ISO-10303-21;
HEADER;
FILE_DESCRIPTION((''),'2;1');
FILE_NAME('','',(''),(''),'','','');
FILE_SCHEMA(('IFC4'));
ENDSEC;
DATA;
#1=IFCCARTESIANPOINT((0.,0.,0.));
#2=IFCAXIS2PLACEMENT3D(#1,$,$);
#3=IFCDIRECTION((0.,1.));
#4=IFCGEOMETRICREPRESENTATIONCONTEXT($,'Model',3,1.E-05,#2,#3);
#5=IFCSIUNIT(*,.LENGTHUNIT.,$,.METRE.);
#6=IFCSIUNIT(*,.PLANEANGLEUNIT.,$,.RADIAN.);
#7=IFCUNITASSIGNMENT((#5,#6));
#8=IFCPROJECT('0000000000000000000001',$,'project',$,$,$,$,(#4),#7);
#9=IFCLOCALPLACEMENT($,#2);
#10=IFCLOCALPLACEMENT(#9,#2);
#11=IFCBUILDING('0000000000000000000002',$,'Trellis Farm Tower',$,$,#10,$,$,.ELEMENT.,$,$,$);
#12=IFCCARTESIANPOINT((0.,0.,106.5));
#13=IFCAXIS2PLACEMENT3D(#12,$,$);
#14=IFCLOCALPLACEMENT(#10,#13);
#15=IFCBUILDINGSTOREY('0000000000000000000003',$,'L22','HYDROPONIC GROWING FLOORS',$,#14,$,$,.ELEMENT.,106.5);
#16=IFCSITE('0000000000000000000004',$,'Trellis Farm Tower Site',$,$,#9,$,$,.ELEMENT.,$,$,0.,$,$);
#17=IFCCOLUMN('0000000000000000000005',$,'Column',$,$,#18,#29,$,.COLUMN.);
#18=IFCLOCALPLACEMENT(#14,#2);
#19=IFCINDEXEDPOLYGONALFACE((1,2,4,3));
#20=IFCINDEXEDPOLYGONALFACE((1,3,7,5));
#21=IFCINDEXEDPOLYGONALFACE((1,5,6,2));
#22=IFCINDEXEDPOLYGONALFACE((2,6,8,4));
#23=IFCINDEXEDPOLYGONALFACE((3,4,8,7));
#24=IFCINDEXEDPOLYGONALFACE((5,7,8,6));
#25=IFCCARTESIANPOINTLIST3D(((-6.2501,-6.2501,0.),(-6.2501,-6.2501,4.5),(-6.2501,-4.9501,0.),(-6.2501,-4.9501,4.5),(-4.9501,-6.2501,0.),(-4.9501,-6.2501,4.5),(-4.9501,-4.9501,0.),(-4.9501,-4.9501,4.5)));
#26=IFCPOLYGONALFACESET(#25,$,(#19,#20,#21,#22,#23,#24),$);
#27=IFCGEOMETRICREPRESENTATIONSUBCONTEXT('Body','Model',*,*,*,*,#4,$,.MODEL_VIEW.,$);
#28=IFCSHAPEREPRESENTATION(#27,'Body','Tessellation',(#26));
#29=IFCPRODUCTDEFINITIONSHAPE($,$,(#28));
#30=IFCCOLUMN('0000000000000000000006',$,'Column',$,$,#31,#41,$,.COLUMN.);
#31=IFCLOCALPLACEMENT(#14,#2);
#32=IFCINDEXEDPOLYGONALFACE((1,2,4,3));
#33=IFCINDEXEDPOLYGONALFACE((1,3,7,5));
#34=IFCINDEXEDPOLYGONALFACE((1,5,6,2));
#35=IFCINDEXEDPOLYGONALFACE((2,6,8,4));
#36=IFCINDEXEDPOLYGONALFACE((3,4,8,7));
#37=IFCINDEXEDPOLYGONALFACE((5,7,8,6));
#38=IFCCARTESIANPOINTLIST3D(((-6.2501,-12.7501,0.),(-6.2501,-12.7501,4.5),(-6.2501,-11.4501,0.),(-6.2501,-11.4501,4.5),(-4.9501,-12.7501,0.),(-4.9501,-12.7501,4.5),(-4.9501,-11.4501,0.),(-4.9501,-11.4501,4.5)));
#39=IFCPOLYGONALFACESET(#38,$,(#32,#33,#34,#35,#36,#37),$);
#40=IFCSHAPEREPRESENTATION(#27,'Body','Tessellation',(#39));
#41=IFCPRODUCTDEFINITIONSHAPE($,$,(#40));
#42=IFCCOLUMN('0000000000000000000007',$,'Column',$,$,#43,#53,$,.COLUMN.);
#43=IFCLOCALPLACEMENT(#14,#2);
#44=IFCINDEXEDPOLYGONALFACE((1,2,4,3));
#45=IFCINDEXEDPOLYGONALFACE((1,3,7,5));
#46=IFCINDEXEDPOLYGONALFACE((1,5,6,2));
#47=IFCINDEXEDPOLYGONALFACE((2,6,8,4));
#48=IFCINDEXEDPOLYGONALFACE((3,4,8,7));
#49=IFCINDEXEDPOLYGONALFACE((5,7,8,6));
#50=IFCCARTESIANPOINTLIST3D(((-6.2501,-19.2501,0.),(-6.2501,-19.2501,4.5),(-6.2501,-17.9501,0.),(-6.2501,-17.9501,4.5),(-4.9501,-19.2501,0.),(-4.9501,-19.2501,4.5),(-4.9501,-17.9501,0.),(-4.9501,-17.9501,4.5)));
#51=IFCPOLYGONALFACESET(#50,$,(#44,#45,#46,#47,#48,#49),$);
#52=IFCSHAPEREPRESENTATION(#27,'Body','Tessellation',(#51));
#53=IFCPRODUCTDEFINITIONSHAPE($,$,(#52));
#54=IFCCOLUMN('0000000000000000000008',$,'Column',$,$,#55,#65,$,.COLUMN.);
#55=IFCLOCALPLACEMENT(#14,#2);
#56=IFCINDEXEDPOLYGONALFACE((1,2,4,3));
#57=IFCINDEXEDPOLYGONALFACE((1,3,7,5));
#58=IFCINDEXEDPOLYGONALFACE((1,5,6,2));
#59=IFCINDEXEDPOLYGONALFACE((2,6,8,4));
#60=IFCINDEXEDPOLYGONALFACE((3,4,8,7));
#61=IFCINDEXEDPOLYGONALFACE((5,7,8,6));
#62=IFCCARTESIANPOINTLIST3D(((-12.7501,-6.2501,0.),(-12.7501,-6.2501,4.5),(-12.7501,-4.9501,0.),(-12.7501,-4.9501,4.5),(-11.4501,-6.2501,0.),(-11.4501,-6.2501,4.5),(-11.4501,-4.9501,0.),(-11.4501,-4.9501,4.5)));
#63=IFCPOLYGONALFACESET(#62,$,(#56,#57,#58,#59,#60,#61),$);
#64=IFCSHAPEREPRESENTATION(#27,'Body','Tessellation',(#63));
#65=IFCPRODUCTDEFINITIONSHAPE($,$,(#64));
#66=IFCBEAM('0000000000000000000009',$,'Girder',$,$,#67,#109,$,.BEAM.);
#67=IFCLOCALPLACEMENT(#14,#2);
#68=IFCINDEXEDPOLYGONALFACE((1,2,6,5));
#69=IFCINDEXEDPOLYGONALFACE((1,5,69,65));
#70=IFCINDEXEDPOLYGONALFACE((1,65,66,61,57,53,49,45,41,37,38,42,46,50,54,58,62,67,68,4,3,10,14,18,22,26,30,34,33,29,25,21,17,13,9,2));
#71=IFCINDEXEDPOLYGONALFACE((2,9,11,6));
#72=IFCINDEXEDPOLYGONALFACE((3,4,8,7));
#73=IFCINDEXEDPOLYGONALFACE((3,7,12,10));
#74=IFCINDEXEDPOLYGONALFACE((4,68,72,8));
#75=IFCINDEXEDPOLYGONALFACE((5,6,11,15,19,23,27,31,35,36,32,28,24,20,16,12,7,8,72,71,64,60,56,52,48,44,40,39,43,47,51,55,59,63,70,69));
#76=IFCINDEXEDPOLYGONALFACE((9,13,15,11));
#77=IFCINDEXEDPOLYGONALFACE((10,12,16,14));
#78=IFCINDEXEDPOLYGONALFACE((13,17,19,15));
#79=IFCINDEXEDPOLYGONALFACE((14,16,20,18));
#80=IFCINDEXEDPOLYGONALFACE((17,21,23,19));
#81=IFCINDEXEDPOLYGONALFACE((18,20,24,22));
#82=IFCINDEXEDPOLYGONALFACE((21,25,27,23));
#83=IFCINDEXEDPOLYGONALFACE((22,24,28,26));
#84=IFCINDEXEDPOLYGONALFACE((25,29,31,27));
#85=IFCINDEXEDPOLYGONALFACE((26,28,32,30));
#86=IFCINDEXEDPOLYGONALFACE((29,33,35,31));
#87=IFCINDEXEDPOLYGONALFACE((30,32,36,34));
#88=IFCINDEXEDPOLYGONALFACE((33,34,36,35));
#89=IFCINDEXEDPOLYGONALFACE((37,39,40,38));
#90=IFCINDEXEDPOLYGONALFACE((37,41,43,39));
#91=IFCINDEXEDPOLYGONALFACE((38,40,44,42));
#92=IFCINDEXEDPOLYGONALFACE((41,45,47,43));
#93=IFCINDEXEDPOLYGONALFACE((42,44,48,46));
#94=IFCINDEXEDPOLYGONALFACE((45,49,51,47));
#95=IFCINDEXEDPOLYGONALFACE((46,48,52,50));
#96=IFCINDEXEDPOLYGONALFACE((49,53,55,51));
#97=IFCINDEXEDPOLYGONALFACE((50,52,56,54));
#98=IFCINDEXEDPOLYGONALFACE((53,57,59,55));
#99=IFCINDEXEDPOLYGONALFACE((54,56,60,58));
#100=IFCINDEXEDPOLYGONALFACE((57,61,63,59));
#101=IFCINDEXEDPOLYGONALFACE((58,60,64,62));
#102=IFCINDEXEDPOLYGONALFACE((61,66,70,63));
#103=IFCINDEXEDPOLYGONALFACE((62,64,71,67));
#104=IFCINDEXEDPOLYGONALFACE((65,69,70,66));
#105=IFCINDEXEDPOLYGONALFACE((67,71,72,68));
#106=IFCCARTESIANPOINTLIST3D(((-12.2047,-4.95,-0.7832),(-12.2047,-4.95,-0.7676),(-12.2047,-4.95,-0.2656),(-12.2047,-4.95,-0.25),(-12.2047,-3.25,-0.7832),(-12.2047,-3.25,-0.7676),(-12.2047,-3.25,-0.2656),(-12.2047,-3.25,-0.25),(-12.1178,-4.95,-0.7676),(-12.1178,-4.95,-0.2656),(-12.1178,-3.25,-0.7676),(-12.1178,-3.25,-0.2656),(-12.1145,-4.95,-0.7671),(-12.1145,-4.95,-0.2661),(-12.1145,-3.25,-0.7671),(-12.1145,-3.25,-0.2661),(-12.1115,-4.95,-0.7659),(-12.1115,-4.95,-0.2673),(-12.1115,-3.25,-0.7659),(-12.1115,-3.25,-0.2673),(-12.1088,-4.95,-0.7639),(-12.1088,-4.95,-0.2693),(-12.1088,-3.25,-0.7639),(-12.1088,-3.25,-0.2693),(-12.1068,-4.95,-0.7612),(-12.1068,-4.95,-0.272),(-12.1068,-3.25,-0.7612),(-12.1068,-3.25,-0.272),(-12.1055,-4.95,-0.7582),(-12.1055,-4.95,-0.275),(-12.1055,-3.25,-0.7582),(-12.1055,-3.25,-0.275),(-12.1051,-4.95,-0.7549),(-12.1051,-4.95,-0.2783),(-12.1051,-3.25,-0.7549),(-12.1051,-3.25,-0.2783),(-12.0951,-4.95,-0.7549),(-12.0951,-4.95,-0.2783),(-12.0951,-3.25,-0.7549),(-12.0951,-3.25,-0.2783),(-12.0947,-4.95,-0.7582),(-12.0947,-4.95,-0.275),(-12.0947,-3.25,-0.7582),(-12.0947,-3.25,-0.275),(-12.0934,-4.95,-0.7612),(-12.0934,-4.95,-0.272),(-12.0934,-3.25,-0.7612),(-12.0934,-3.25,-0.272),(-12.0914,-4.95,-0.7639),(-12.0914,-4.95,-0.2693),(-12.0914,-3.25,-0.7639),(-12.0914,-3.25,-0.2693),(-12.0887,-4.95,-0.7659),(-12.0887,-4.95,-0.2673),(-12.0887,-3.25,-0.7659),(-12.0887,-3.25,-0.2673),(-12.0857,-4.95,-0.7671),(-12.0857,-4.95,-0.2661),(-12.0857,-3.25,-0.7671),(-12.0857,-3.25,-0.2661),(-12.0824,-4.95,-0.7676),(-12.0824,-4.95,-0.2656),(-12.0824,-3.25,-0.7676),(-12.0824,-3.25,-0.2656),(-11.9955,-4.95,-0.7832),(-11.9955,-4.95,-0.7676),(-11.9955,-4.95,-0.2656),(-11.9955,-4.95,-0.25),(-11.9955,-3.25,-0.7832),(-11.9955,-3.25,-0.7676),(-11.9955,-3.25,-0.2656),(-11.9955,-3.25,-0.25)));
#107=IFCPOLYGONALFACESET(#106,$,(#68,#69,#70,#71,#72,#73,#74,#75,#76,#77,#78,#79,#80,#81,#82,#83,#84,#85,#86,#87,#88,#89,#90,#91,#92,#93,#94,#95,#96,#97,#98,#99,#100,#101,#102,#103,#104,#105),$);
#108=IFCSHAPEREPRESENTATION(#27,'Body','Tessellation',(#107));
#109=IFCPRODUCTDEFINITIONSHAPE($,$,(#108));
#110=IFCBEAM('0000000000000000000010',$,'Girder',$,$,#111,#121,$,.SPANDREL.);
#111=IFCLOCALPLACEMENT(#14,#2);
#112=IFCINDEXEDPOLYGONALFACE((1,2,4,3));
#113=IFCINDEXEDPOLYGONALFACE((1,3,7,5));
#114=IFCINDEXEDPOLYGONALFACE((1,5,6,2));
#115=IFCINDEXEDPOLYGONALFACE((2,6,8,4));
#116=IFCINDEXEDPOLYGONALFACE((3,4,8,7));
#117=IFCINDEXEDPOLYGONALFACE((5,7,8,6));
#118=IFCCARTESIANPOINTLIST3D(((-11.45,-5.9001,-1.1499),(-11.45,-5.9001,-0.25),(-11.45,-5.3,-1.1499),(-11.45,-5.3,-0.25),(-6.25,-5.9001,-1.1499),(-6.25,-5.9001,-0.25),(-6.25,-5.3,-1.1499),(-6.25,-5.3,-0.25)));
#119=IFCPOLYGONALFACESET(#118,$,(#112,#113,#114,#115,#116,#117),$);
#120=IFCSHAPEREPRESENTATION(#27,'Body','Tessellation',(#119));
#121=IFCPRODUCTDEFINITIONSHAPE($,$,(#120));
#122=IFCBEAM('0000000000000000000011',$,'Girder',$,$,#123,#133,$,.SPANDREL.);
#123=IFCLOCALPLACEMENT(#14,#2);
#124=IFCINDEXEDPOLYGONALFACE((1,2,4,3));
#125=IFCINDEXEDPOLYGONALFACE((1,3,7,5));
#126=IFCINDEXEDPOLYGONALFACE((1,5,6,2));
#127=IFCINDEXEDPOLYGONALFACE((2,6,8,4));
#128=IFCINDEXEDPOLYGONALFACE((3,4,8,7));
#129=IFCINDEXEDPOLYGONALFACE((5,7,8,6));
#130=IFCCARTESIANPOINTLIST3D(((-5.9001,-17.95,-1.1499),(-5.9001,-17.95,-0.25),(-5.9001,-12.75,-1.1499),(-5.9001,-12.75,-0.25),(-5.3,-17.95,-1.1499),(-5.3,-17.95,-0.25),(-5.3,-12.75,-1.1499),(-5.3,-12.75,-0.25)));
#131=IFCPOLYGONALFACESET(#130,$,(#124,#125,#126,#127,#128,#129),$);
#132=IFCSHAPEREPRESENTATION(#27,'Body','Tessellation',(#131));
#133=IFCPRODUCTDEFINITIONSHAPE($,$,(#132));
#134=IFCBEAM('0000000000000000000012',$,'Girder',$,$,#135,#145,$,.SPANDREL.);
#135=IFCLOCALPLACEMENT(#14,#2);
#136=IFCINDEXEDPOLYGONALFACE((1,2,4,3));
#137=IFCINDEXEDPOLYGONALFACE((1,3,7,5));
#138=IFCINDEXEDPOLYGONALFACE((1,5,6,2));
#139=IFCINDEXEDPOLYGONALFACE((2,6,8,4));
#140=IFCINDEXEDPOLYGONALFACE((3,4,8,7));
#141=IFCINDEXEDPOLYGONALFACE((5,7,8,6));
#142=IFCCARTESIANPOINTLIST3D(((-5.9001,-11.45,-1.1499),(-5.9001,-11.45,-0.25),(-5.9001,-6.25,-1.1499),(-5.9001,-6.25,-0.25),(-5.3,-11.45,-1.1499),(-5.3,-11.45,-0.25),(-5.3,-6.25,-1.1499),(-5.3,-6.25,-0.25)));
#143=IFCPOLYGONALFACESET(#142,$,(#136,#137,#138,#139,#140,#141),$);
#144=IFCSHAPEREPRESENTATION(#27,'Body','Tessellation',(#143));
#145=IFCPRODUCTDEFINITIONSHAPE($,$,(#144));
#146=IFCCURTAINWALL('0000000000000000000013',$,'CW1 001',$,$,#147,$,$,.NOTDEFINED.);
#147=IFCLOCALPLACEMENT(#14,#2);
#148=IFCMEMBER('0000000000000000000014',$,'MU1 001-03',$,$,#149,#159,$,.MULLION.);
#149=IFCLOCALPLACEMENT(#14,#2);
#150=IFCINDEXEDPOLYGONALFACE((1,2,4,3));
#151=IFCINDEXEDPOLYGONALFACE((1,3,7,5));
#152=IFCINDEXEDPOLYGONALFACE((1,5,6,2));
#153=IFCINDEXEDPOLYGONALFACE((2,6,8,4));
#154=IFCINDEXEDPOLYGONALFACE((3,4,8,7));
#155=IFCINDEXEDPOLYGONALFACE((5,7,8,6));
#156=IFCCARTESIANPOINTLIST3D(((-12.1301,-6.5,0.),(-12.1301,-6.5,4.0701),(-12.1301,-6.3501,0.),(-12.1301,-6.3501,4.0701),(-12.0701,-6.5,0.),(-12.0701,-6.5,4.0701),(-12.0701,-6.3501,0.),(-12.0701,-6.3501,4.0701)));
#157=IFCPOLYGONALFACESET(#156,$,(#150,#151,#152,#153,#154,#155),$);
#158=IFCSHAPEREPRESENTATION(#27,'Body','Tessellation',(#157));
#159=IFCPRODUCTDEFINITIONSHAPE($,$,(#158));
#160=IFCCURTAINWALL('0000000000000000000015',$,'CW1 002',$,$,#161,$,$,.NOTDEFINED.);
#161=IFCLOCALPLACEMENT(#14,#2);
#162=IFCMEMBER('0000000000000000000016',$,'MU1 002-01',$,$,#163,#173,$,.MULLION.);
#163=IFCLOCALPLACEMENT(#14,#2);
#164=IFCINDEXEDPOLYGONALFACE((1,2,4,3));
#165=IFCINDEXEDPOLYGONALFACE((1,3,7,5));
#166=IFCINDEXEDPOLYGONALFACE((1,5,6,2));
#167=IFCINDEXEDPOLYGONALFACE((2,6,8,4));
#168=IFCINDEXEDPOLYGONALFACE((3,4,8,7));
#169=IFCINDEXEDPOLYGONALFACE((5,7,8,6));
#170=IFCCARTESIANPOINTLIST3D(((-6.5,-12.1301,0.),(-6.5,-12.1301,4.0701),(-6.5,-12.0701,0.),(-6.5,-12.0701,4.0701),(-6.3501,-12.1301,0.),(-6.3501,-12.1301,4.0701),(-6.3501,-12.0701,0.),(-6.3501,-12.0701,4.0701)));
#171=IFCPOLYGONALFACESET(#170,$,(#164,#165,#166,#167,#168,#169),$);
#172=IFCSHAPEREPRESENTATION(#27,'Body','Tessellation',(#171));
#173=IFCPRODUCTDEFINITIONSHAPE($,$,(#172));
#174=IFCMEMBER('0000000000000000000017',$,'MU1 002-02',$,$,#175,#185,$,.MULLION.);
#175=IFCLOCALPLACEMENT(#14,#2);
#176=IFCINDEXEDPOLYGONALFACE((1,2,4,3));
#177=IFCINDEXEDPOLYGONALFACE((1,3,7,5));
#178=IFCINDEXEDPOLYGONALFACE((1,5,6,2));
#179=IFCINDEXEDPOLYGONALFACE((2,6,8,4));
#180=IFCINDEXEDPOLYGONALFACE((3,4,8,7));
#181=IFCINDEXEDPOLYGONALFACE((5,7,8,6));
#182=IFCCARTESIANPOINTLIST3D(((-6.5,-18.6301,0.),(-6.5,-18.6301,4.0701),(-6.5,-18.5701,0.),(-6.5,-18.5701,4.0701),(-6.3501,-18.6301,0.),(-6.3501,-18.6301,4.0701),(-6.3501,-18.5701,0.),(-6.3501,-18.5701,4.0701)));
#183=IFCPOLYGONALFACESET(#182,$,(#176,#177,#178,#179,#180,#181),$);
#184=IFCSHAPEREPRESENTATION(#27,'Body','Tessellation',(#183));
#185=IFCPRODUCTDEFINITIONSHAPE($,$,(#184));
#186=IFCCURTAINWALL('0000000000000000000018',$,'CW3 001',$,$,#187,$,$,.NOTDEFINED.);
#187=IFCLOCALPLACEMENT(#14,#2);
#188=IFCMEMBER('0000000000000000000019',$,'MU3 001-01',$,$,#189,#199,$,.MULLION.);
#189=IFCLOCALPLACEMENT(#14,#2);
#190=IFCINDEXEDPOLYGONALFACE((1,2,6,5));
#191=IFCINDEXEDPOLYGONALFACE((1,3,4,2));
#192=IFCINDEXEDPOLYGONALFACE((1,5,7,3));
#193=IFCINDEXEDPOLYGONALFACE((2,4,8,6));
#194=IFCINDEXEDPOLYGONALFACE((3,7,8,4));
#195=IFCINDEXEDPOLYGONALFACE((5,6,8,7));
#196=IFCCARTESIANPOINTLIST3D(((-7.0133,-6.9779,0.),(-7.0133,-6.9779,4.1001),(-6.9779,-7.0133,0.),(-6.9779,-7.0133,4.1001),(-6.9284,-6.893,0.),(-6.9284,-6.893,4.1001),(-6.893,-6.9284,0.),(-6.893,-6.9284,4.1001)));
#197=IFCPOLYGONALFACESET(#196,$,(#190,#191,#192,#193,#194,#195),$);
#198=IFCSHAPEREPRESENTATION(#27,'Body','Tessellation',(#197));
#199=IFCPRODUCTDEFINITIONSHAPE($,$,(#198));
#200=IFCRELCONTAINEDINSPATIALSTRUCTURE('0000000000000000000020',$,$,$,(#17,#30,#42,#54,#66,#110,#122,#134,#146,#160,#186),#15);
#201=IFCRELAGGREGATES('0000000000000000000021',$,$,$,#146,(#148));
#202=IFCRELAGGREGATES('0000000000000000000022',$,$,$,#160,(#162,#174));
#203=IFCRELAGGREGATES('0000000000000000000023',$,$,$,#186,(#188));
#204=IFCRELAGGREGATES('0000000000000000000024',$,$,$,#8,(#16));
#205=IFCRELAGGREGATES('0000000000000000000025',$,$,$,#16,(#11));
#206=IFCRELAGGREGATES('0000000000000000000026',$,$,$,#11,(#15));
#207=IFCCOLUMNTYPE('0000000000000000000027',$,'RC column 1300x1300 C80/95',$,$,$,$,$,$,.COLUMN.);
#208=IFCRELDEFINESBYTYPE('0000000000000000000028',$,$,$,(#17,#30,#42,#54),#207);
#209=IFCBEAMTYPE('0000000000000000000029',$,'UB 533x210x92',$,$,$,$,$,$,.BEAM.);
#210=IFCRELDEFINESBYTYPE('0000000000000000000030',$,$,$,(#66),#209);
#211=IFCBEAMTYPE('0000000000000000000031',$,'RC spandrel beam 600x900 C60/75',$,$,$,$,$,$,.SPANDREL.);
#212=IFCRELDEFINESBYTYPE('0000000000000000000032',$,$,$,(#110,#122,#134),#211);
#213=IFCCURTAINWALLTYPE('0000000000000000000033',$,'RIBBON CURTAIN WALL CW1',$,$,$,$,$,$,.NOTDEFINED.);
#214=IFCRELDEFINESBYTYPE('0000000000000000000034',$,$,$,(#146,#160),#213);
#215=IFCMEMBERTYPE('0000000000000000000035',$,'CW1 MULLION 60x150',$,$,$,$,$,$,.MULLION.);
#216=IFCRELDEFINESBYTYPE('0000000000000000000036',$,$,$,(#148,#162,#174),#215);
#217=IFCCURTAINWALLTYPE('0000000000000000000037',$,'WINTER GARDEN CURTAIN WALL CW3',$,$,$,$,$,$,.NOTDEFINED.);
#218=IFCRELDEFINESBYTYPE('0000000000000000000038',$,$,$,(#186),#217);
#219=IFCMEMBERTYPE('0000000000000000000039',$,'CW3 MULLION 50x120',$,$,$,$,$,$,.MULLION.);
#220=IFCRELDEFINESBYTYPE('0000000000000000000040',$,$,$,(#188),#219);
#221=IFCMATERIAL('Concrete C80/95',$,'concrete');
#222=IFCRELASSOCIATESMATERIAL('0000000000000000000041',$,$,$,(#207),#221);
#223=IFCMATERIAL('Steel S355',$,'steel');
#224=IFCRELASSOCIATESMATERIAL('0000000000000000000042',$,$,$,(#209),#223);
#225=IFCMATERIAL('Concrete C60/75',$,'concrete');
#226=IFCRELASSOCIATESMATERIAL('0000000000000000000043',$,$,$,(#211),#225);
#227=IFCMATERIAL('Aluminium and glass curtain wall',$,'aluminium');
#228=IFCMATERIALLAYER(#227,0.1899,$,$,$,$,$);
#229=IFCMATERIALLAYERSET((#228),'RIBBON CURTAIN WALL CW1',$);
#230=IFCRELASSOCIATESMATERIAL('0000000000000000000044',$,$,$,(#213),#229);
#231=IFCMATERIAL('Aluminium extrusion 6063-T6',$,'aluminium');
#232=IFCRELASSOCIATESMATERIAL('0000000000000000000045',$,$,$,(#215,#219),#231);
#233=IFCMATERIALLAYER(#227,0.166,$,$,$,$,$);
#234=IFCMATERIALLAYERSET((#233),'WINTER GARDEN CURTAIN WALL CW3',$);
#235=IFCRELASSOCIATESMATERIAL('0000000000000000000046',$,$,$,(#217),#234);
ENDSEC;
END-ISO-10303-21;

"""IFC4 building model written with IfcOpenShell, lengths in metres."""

from ifc_helpers import new_model, si_unit, direction, frame, origin, origin_2d, place, context, subcontext, project, spatial, rectangle, i_section, extrude, source, transform, mapped, material, layer, layer_set, material_profile, profile_set, type_object, element, aggregate, save


model = new_model("IFC4")

# Units and contexts
model_context = context("Model", 3, precision=1e-05, world=origin(), true_north=direction((0.0, 1.0)))
body_context = subcontext(model_context, "Body", "Model", "MODEL_VIEW")
ifc_project = project(units=[si_unit("LENGTHUNIT", "METRE"), si_unit("PLANEANGLEUNIT", "RADIAN")], contexts=[model_context])

# Site, building, storey
site_placement = place(None, origin())
site = spatial("IfcSite", under=ifc_project, at=site_placement, Name="Trellis Farm Tower Site", CompositionType="ELEMENT", RefElevation=0.0)
building_placement = place(site_placement, origin())
building = spatial("IfcBuilding", under=site, at=building_placement, Name="Trellis Farm Tower", CompositionType="ELEMENT")
storey_placement = place(building_placement, frame((0.0, 0.0, 106.5)))
storey = spatial("IfcBuildingStorey", under=building, at=storey_placement, Name="L22", Description="HYDROPONIC GROWING FLOORS", CompositionType="ELEMENT", Elevation=106.5)

# Columns
ifc_material_1 = material(Name="Concrete C80/95", Category="concrete")
ifc_material_profile_1 = material_profile(ifc_material_1, rectangle(XDim=1.3, YDim=1.3, at=origin_2d()), Name="RC column 1300x1300 C80/95")
ifc_profile_set_1 = profile_set([ifc_material_profile_1], Name="Concrete C80/95")
column_type = type_object("IfcColumnType", Name="RC column 1300x1300 C80/95", PredefinedType="COLUMN", material=ifc_profile_set_1)
shared_shape_1 = source(origin(), body_context, "Body", "SweptSolid", [
    extrude(rectangle(XDim=1.3, YDim=1.3, at=origin_2d()), origin(), (0.0, 0.0, 1.0), 4.5),
])
for number, where, z_axis, x_axis, name in (
    (1, (-5.6001, -5.6001, 0.0), (0.0, 0.0, 1.0), (1.0, 0.0, 0.0), "Column"),
    (2, (-5.6001, -12.1001, 0.0), (0.0, 0.0, 1.0), (1.0, 0.0, 0.0), "Column"),
    (3, (-5.6001, -18.6001, 0.0), (0.0, 0.0, 1.0), (1.0, 0.0, 0.0), "Column"),
    (4, (-12.1001, -5.6001, 0.0), (0.0, 0.0, 1.0), (1.0, 0.0, 0.0), "Column"),
):
    element("IfcColumn", number, at=place(storey_placement, frame(where, z_axis=z_axis, x_axis=x_axis)), inside=storey, type_object=column_type, Name=name, PredefinedType="COLUMN", context=body_context, shape_type="MappedRepresentation", body=[
        mapped(shared_shape_1, transform((0.0, 0.0, 0.0))),
    ])

# Beams
ifc_material_2 = material(Name="Steel S355", Category="steel")
ifc_material_profile_2 = material_profile(ifc_material_2, i_section(OverallWidth=0.2092, OverallDepth=0.5332, WebThickness=0.01, FlangeThickness=0.0156, FilletRadius=0.0127, at=origin_2d()), Name="UB 533x210x92")
ifc_profile_set_2 = profile_set([ifc_material_profile_2], Name="Steel S355")
beam_type_1 = type_object("IfcBeamType", Name="UB 533x210x92", PredefinedType="BEAM", material=ifc_profile_set_2)
shared_shape_2 = source(origin(), body_context, "Body", "SweptSolid", [
    extrude(i_section(OverallWidth=0.2092, OverallDepth=0.5332, WebThickness=0.01, FlangeThickness=0.0156, FilletRadius=0.0127, at=origin_2d()), origin(), (0.0, 0.0, 1.0), 1.7),
])
beam_placement = place(storey_placement, frame((-12.1001, -4.95, -0.5166), z_axis=(0.0, 1.0, 0.0), x_axis=(-1.0, 0.0, 0.0)))
element("IfcBeam", 5, at=beam_placement, inside=storey, type_object=beam_type_1, Name="Girder", PredefinedType="BEAM", context=body_context, shape_type="MappedRepresentation", body=[
    mapped(shared_shape_2, transform((0.0, 0.0, 0.0))),
])
ifc_material_3 = material(Name="Concrete C60/75", Category="concrete")
ifc_material_profile_3 = material_profile(ifc_material_3, rectangle(XDim=0.6001, YDim=0.8999, at=origin_2d()), Name="RC spandrel beam 600x900 C60/75")
ifc_profile_set_3 = profile_set([ifc_material_profile_3], Name="Concrete C60/75")
beam_type_2 = type_object("IfcBeamType", Name="RC spandrel beam 600x900 C60/75", PredefinedType="SPANDREL", material=ifc_profile_set_3)
shared_shape_3 = source(origin(), body_context, "Body", "SweptSolid", [
    extrude(rectangle(XDim=0.6001, YDim=0.8999, at=origin_2d()), origin(), (0.0, 0.0, 1.0), 5.2),
])
for number, where, z_axis, x_axis, name in (
    (6, (-11.45, -5.6001, -0.7), (1.0, 0.0, 0.0), (0.0, 1.0, 0.0), "Girder"),
    (7, (-5.6001, -17.95, -0.7), (0.0, 1.0, 0.0), (-1.0, 0.0, 0.0), "Girder"),
    (8, (-5.6001, -11.45, -0.7), (0.0, 1.0, 0.0), (-1.0, 0.0, 0.0), "Girder"),
):
    element("IfcBeam", number, at=place(storey_placement, frame(where, z_axis=z_axis, x_axis=x_axis)), inside=storey, type_object=beam_type_2, Name=name, PredefinedType="SPANDREL", context=body_context, shape_type="MappedRepresentation", body=[
        mapped(shared_shape_3, transform((0.0, 0.0, 0.0))),
    ])

# Curtain wall, member
ifc_material_4 = material(Name="Aluminium and glass curtain wall", Category="aluminium")
ifc_layer_1 = layer(ifc_material_4, 0.1899)
ifc_layer_set_1 = layer_set([ifc_layer_1], Name="RIBBON CURTAIN WALL CW1")
curtain_wall_type_1 = type_object("IfcCurtainWallType", Name="RIBBON CURTAIN WALL CW1", PredefinedType="NOTDEFINED", material=ifc_layer_set_1)
placement = place(storey_placement, origin())
curtain_wall_1 = element("IfcCurtainWall", 9, at=placement, inside=storey, type_object=curtain_wall_type_1, Name="CW1 001", PredefinedType="NOTDEFINED")
ifc_material_5 = material(Name="Aluminium extrusion 6063-T6", Category="aluminium")
ifc_material_profile_4 = material_profile(ifc_material_5, rectangle(XDim=0.0601, YDim=0.1499, at=origin_2d()), Name="MULLION 60x150")
ifc_profile_set_4 = profile_set([ifc_material_profile_4], Name="Aluminium extrusion 6063-T6")
member_type_1 = type_object("IfcMemberType", Name="CW1 MULLION 60x150", PredefinedType="MULLION", material=ifc_profile_set_4)
shared_shape_4 = source(origin(), body_context, "Body", "SweptSolid", [
    extrude(rectangle(XDim=0.0601, YDim=0.1499, at=origin_2d()), origin(), (0.0, 0.0, 1.0), 4.0701),
])
member_1_placement = place(storey_placement, frame((-12.1001, -6.425, 0.0), z_axis=(0.0, 0.0, 1.0), x_axis=(1.0, 0.0, 0.0)))
member_1 = element("IfcMember", 10, at=member_1_placement, type_object=member_type_1, Name="MU1 001-03", PredefinedType="MULLION", context=body_context, shape_type="MappedRepresentation", body=[
    mapped(shared_shape_4, transform((0.0, 0.0, 0.0))),
])
aggregate(curtain_wall_1, [member_1])

# Curtain wall, members
curtain_wall_2 = element("IfcCurtainWall", 11, at=placement, inside=storey, type_object=curtain_wall_type_1, Name="CW1 002", PredefinedType="NOTDEFINED")
member_2_placement = place(storey_placement, frame((-6.425, -12.1001, 0.0), z_axis=(0.0, 0.0, 1.0), x_axis=(0.0, -1.0, 0.0)))
member_2 = element("IfcMember", 12, at=member_2_placement, type_object=member_type_1, Name="MU1 002-01", PredefinedType="MULLION", context=body_context, shape_type="MappedRepresentation", body=[
    mapped(shared_shape_4, transform((0.0, 0.0, 0.0))),
])
member_3_placement = place(storey_placement, frame((-6.425, -18.6001, 0.0), z_axis=(0.0, 0.0, 1.0), x_axis=(0.0, -1.0, 0.0)))
member_3 = element("IfcMember", 13, at=member_3_placement, type_object=member_type_1, Name="MU1 002-02", PredefinedType="MULLION", context=body_context, shape_type="MappedRepresentation", body=[
    mapped(shared_shape_4, transform((0.0, 0.0, 0.0))),
])
aggregate(curtain_wall_2, [member_2, member_3])

# Curtain wall, member
ifc_layer_2 = layer(ifc_material_4, 0.166)
ifc_layer_set_2 = layer_set([ifc_layer_2], Name="WINTER GARDEN CURTAIN WALL CW3")
curtain_wall_type_2 = type_object("IfcCurtainWallType", Name="WINTER GARDEN CURTAIN WALL CW3", PredefinedType="NOTDEFINED", material=ifc_layer_set_2)
curtain_wall_3 = element("IfcCurtainWall", 14, at=placement, inside=storey, type_object=curtain_wall_type_2, Name="CW3 001", PredefinedType="NOTDEFINED")
ifc_material_profile_5 = material_profile(ifc_material_5, rectangle(XDim=0.05, YDim=0.1201, at=origin_2d()), Name="MULLION 50x120")
ifc_profile_set_5 = profile_set([ifc_material_profile_5], Name="Aluminium extrusion 6063-T6")
member_type_2 = type_object("IfcMemberType", Name="CW3 MULLION 50x120", PredefinedType="MULLION", material=ifc_profile_set_5)
shared_shape_5 = source(origin(), body_context, "Body", "SweptSolid", [
    extrude(rectangle(XDim=0.05, YDim=0.1201, at=origin_2d()), origin(), (0.0, 0.0, 1.0), 4.1001),
])
member_4_placement = place(storey_placement, frame((-6.9531, -6.9531, 0.0), z_axis=(0.0, 0.0, 1.0), x_axis=(0.707107, -0.707107, 0.0)))
member_4 = element("IfcMember", 15, at=member_4_placement, type_object=member_type_2, Name="MU3 001-01", PredefinedType="MULLION", context=body_context, shape_type="MappedRepresentation", body=[
    mapped(shared_shape_5, transform((0.0, 0.0, 0.0))),
])
aggregate(curtain_wall_3, [member_4])

save(model, "model.ifc")
